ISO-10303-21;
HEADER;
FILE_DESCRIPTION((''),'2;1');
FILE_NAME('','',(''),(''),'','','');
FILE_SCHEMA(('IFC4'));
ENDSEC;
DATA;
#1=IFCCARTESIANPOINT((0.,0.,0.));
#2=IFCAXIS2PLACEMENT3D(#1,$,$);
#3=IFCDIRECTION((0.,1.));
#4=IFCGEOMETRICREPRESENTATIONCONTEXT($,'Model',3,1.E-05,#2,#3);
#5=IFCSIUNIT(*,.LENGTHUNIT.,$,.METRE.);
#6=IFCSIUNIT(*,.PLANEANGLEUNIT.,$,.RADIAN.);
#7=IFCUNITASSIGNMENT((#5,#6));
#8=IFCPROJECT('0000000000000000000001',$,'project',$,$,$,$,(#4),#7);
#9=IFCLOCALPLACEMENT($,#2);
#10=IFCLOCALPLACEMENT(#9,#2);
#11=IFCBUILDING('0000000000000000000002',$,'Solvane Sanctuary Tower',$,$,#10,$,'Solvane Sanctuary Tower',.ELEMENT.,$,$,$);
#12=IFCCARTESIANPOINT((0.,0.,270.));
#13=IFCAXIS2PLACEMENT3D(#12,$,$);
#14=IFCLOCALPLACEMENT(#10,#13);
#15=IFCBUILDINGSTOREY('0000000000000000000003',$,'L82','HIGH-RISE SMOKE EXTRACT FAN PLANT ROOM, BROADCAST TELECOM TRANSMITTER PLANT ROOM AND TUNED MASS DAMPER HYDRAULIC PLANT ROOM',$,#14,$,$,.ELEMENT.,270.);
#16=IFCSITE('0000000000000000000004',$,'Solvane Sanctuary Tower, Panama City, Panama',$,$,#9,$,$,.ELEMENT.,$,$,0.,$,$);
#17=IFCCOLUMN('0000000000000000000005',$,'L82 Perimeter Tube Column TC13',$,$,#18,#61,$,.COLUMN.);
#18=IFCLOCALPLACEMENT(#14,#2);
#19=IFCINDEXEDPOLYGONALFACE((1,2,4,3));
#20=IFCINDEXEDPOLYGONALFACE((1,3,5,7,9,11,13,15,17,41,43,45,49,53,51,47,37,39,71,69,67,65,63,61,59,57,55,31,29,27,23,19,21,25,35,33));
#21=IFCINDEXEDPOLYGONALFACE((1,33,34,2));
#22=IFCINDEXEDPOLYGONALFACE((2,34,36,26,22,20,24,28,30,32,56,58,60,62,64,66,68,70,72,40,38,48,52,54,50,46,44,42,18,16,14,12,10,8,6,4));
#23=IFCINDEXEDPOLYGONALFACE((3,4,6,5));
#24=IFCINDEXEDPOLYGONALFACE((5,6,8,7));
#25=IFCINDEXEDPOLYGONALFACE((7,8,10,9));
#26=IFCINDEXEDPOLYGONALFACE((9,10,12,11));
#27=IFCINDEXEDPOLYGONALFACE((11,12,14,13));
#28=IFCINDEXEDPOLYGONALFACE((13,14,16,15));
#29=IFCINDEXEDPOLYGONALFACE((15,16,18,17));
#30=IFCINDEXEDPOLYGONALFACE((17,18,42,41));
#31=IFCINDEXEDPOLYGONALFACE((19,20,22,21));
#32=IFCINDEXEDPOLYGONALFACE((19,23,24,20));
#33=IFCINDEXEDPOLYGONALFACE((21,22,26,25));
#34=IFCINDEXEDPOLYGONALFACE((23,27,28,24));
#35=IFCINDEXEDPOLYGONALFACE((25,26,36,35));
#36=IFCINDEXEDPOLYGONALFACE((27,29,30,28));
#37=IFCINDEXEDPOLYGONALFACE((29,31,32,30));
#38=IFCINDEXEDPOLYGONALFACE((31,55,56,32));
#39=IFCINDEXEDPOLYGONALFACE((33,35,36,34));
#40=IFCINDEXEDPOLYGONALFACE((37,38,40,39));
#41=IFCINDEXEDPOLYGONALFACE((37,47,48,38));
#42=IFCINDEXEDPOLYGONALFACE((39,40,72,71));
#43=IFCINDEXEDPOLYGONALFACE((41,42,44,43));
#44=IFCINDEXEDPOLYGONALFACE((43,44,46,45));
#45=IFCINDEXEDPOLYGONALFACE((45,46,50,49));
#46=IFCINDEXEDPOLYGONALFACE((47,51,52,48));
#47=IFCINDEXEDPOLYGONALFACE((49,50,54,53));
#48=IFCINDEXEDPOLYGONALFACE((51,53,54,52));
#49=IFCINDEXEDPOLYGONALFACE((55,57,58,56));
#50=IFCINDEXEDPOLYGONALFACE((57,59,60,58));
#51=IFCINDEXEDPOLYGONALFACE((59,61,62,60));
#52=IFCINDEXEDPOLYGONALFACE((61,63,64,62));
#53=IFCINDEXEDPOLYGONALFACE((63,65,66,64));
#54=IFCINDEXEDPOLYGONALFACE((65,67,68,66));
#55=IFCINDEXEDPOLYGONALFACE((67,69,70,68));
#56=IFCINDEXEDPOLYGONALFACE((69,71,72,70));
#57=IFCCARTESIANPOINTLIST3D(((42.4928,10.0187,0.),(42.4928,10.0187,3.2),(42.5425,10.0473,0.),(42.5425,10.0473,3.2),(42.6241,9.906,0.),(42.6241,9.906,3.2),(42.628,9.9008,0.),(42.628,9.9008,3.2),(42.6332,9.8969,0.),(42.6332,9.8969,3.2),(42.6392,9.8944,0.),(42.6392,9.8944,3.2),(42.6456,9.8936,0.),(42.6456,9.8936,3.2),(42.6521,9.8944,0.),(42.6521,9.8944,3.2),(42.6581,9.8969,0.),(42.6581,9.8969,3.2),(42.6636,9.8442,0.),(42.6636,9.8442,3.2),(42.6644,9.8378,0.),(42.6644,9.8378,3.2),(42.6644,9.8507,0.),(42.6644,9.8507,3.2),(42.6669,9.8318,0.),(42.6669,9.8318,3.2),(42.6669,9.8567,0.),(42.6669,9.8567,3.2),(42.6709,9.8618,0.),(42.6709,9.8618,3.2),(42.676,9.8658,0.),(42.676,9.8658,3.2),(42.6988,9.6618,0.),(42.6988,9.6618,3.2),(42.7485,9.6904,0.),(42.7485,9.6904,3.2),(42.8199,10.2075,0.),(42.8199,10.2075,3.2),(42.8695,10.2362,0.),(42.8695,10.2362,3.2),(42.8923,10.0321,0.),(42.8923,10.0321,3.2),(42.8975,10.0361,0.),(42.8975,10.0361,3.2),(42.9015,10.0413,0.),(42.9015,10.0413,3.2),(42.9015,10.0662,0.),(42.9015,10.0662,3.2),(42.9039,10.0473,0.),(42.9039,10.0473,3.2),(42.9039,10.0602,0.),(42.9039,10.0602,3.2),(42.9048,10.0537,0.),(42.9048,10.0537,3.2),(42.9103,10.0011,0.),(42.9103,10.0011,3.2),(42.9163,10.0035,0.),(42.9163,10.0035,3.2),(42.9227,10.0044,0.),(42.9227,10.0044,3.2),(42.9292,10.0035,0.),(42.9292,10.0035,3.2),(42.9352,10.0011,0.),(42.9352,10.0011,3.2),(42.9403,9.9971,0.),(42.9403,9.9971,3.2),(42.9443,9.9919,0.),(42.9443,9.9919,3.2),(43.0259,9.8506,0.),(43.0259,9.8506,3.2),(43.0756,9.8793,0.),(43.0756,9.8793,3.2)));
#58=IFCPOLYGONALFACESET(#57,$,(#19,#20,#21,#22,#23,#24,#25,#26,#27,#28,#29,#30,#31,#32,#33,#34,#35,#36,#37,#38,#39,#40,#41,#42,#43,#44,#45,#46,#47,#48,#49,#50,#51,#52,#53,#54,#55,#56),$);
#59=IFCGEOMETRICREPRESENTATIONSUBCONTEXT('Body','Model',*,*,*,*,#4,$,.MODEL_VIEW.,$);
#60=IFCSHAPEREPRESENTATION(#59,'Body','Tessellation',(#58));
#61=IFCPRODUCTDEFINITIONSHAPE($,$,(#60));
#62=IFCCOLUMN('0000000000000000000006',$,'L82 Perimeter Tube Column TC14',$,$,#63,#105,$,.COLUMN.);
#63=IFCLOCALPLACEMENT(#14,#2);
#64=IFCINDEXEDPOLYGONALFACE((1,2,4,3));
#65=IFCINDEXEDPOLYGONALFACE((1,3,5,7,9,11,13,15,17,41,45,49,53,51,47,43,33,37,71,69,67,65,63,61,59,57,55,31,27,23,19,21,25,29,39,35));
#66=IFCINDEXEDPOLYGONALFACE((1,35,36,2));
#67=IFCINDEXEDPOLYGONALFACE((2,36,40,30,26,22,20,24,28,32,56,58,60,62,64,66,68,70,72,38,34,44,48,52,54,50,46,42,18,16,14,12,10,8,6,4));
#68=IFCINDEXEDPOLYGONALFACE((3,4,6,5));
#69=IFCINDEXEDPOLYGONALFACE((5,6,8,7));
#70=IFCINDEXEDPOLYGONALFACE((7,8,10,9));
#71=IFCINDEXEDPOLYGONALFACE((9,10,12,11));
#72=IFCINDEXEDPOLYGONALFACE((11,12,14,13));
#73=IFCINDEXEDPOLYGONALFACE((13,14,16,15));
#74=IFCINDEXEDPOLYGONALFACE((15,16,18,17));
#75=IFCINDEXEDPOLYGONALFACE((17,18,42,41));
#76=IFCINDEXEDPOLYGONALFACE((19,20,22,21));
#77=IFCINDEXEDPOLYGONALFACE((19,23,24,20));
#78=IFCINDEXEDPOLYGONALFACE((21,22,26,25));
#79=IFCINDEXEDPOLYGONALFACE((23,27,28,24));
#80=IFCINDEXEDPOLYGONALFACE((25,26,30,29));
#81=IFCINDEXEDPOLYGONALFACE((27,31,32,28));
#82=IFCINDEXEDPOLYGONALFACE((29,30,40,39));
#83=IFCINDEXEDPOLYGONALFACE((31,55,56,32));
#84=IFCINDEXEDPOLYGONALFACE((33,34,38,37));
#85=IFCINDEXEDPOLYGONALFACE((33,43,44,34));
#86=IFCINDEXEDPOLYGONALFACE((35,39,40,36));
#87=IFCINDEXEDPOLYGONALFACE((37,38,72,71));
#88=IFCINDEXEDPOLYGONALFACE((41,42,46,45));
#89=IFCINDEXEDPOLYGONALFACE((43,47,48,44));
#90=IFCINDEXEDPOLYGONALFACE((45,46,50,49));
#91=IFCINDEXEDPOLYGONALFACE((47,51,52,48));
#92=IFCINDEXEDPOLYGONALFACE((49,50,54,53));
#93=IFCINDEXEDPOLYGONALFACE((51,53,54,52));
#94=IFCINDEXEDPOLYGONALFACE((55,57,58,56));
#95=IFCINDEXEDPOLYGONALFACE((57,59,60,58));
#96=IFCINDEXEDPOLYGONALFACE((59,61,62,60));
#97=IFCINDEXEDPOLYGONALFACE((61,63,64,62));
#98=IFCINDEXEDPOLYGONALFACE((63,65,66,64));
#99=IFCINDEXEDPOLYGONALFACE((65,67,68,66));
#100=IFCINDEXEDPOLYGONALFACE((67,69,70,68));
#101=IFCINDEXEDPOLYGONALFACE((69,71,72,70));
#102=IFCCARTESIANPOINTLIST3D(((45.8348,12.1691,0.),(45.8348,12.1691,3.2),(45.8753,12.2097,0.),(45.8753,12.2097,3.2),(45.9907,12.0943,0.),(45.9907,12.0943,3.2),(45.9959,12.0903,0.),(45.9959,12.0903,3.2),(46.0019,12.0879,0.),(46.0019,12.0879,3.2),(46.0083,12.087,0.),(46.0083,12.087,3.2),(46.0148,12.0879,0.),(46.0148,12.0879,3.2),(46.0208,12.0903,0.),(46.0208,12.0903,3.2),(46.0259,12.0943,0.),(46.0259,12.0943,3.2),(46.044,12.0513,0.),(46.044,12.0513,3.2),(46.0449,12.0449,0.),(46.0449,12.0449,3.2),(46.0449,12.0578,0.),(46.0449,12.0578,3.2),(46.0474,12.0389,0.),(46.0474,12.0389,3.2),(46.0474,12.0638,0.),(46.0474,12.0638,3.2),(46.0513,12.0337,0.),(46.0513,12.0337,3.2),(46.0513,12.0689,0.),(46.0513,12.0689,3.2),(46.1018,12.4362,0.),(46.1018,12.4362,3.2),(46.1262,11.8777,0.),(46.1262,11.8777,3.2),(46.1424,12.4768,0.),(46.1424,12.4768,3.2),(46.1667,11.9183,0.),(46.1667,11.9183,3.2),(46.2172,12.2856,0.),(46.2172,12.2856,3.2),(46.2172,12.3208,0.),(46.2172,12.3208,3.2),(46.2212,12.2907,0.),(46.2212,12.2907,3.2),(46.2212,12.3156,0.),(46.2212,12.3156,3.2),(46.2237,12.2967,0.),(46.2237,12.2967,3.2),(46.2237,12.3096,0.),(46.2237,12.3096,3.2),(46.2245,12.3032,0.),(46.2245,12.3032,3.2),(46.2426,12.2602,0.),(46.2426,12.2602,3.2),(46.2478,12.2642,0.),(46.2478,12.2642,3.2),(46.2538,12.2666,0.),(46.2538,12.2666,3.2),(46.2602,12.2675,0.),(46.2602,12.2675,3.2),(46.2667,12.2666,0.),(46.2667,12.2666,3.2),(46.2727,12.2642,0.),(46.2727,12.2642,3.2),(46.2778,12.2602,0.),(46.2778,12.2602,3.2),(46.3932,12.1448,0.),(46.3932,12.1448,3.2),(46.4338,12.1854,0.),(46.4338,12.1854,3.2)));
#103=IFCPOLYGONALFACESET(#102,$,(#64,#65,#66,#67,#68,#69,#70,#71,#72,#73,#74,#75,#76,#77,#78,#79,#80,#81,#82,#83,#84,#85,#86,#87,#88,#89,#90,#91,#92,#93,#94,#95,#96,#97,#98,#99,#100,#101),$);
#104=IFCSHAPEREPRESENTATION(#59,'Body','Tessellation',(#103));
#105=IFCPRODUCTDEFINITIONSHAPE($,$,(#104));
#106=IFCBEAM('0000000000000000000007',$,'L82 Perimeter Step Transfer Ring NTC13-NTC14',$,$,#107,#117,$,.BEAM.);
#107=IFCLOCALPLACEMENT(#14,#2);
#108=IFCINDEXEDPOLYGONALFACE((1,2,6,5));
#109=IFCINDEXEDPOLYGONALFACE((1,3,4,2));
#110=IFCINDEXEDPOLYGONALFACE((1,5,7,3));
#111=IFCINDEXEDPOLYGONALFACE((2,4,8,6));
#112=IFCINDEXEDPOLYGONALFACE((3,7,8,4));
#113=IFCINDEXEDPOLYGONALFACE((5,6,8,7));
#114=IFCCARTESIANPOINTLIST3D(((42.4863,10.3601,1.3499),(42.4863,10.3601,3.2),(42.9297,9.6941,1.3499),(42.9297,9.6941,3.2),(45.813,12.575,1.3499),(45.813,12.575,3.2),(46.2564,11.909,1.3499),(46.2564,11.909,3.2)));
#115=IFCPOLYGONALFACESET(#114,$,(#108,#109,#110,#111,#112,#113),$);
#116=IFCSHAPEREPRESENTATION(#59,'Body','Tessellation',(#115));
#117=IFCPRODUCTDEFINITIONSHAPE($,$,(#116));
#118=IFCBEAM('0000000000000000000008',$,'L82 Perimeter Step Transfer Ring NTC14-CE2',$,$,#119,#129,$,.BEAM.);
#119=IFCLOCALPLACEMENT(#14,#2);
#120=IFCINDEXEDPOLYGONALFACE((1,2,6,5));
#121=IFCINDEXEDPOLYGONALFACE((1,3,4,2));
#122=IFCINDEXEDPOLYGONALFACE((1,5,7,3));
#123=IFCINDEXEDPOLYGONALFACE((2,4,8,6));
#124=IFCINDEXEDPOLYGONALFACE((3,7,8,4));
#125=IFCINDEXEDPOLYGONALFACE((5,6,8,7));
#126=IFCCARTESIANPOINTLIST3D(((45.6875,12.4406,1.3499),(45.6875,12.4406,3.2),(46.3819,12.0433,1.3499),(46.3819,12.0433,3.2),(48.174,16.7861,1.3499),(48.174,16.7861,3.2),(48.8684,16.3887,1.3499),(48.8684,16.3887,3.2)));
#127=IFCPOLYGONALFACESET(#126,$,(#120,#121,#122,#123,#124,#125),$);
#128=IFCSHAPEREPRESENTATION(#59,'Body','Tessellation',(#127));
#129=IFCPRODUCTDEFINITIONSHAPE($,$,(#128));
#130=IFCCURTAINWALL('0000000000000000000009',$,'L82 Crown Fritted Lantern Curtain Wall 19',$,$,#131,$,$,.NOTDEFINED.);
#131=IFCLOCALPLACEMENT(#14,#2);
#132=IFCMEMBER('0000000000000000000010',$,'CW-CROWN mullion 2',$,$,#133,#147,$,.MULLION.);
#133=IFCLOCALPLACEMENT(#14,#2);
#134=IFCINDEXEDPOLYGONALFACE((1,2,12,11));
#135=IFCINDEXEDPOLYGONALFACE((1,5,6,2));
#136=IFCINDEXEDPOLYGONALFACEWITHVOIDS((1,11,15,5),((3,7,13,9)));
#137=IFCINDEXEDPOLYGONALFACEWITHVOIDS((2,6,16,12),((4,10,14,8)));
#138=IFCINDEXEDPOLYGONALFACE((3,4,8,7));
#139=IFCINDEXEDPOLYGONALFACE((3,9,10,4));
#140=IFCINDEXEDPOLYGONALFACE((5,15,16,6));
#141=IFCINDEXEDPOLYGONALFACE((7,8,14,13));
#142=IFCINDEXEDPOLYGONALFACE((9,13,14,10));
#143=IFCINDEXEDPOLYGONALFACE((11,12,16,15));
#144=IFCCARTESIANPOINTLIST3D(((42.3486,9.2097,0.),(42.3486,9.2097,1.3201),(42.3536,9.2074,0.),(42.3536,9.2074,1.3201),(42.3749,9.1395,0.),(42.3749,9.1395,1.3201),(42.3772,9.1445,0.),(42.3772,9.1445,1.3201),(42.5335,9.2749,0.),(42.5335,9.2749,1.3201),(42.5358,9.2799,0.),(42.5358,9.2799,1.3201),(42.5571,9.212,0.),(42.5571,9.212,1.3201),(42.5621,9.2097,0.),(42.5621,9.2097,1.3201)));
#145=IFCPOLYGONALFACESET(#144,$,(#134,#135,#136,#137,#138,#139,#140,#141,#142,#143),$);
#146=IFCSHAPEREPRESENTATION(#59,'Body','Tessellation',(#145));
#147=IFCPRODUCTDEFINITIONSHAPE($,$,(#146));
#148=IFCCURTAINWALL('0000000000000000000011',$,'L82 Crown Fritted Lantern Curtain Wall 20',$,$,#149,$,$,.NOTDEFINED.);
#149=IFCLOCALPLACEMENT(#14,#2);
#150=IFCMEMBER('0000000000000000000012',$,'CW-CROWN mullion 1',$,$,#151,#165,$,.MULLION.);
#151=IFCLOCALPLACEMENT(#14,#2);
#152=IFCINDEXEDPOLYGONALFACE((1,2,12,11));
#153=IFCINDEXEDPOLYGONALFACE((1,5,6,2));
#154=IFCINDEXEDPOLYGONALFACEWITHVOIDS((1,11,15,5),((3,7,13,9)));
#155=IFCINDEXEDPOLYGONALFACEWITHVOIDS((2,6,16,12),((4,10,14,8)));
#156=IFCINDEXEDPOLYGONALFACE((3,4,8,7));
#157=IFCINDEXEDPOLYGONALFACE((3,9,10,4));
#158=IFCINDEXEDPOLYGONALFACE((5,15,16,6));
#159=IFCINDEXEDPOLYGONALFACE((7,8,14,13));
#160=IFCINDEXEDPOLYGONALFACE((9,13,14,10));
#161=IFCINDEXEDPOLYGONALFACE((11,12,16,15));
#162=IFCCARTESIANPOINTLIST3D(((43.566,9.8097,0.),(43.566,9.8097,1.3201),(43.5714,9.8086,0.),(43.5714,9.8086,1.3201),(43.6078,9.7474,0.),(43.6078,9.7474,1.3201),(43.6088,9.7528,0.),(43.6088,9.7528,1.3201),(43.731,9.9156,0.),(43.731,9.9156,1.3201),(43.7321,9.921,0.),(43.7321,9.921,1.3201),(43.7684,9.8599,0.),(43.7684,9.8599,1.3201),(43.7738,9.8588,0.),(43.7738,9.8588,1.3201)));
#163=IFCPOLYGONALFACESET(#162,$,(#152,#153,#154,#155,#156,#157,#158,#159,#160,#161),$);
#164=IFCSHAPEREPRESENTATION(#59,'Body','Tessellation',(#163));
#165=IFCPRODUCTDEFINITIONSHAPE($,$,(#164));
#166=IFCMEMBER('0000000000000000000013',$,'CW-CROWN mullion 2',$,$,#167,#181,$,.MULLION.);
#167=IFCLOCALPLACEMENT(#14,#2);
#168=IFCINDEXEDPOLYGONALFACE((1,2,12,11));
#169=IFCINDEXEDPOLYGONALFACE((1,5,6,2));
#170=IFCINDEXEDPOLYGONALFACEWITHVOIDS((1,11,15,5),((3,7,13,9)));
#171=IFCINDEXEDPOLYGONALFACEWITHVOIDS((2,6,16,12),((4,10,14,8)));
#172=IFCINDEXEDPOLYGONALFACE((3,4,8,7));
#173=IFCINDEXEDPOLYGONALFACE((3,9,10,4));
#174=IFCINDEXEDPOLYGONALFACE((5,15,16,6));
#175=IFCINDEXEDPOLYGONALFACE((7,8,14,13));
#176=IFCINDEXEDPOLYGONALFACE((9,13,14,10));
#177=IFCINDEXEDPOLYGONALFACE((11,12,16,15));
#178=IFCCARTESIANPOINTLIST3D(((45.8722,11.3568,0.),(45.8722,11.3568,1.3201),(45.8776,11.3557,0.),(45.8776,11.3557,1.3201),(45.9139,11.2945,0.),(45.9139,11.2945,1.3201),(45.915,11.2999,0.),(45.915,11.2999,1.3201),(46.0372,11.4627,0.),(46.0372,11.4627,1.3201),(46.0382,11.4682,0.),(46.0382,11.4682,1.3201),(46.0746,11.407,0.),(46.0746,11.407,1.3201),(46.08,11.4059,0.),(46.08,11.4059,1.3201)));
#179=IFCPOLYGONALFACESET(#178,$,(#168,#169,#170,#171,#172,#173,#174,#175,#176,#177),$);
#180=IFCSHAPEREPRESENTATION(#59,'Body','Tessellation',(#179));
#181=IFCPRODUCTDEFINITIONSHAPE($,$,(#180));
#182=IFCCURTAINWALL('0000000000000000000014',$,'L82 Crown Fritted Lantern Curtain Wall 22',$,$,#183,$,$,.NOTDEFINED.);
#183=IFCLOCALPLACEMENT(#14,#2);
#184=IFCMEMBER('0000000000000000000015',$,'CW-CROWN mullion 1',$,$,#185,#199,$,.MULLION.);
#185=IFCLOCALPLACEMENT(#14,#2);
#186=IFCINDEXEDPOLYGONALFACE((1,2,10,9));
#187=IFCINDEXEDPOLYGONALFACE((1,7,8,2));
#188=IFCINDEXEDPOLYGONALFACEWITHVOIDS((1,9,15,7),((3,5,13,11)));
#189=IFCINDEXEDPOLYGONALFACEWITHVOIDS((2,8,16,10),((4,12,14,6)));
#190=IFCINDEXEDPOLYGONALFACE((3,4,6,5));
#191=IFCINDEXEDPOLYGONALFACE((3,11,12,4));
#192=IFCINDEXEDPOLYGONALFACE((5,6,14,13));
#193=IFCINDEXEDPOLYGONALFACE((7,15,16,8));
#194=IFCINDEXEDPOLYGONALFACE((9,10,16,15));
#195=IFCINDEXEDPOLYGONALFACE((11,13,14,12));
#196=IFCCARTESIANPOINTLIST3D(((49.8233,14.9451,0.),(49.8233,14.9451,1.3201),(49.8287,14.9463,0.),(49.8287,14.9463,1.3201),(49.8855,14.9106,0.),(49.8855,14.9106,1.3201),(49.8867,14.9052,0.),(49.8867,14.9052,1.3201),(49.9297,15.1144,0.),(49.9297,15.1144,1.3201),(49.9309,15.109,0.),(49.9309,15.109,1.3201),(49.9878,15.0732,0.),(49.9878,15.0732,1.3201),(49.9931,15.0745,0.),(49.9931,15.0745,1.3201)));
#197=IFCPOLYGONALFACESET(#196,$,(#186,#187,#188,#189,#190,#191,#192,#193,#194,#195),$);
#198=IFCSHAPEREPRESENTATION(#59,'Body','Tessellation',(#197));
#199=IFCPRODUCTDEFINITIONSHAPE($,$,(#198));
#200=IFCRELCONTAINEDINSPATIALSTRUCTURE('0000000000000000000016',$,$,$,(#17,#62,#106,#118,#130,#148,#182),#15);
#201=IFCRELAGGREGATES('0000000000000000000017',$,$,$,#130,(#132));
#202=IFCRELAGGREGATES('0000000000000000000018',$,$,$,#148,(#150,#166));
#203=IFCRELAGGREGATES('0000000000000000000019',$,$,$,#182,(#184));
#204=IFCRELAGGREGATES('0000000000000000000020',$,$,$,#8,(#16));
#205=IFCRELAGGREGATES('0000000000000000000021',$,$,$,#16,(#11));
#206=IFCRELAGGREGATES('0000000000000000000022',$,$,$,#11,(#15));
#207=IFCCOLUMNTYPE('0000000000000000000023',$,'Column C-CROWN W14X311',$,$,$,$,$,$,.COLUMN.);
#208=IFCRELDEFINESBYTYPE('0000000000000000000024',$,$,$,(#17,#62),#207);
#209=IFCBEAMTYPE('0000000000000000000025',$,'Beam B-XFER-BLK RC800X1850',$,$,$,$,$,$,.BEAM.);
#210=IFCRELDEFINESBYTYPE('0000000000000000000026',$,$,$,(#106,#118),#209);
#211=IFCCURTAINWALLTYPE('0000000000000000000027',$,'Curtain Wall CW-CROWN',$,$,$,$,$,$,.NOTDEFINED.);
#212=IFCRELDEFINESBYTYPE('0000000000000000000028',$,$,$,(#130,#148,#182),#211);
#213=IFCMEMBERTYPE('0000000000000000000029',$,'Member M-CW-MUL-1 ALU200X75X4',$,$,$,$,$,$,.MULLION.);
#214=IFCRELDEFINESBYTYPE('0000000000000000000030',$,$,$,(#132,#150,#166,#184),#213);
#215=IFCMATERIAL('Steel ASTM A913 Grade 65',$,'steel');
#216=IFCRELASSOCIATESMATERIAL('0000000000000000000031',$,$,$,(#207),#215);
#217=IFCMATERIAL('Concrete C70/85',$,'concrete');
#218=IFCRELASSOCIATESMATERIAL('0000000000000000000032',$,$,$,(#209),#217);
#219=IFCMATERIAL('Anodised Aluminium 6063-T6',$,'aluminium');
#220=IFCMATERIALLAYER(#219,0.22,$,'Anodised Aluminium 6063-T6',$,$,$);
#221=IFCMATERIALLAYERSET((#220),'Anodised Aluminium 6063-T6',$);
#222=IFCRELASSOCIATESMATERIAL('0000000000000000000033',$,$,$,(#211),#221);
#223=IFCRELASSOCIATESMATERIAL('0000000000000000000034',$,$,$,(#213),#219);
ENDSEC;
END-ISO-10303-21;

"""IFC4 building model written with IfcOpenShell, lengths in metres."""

from ifc_helpers import new_model, si_unit, direction, frame, origin, origin_2d, place, context, subcontext, project, spatial, rectangle, hollow_rectangle, i_section, extrude, material, layer, layer_set, material_profile, profile_set, type_object, element, aggregate, save


model = new_model("IFC4")

# Units and contexts
model_context = context("Model", 3, precision=1e-05, world=origin(), true_north=direction((0.0, 1.0)))
body_context = subcontext(model_context, "Body", "Model", "MODEL_VIEW")
ifc_project = project(units=[si_unit("LENGTHUNIT", "METRE"), si_unit("PLANEANGLEUNIT", "RADIAN")], contexts=[model_context])

# Site, building, storey
site_placement = place(None, origin())
site = spatial("IfcSite", under=ifc_project, at=site_placement, Name="Solvane Sanctuary Tower, Panama City, Panama", CompositionType="ELEMENT", RefElevation=0.0)
building_placement = place(site_placement, origin())
building = spatial("IfcBuilding", under=site, at=building_placement, Name="Solvane Sanctuary Tower", LongName="Solvane Sanctuary Tower", CompositionType="ELEMENT")
storey_placement = place(building_placement, frame((0.0, 0.0, 270.0)))
storey = spatial("IfcBuildingStorey", under=building, at=storey_placement, Name="L82", Description="HIGH-RISE SMOKE EXTRACT FAN PLANT ROOM, BROADCAST TELECOM TRANSMITTER PLANT ROOM AND TUNED MASS DAMPER HYDRAULIC PLANT ROOM", CompositionType="ELEMENT", Elevation=270.0)

# Columns
ifc_material_1 = material(Name="Steel ASTM A913 Grade 65", Category="steel")
ifc_material_profile_1 = material_profile(ifc_material_1, i_section(OverallWidth=0.4121, OverallDepth=0.4351, WebThickness=0.0359, FlangeThickness=0.0574, FilletRadius=0.0249, at=origin_2d()), Name="W14X311")
ifc_profile_set_1 = profile_set([ifc_material_profile_1], Name="Steel ASTM A913 Grade 65")
column_type = type_object("IfcColumnType", Name="Column C-CROWN W14X311", PredefinedType="COLUMN", material=ifc_profile_set_1)
for number, where, z_axis, x_axis, name in (
    (1, (42.7842, 9.949, 0.0), (0.0, 0.0, 1.0), (0.5, -0.866025, 0.0), "L82 Perimeter Tube Column TC13"),
    (2, (46.1343, 12.1772, 0.0), (0.0, 0.0, 1.0), (0.707107, -0.707107, 0.0), "L82 Perimeter Tube Column TC14"),
):
    element("IfcColumn", number, at=place(storey_placement, frame(where, z_axis=z_axis, x_axis=x_axis)), inside=storey, type_object=column_type, Name=name, PredefinedType="COLUMN", context=body_context, shape_type="SweptSolid", body=[
        extrude(i_section(OverallWidth=0.4121, OverallDepth=0.4351, WebThickness=0.0359, FlangeThickness=0.0574, FilletRadius=0.0249, at=origin_2d()), origin(), (0.0, 0.0, 1.0), 3.2),
    ])

# Beams
ifc_material_2 = material(Name="Concrete C70/85", Category="concrete")
ifc_material_profile_2 = material_profile(ifc_material_2, rectangle(XDim=0.8, YDim=1.8501, at=origin_2d()), Name="RC800X1850")
ifc_profile_set_2 = profile_set([ifc_material_profile_2], Name="Concrete C70/85")
beam_type = type_object("IfcBeamType", Name="Beam B-XFER-BLK RC800X1850", PredefinedType="BEAM", material=ifc_profile_set_2)
beam_1_placement = place(storey_placement, frame((42.708, 10.0271, 2.2749), z_axis=(0.832388, 0.554193, 0.0), x_axis=(-0.554193, 0.832388, 0.0)))
element("IfcBeam", 3, at=beam_1_placement, inside=storey, type_object=beam_type, Name="L82 Perimeter Step Transfer Ring NTC13-NTC14", PredefinedType="BEAM", context=body_context, shape_type="SweptSolid", body=[
    extrude(rectangle(XDim=0.8, YDim=1.8501, at=origin_2d()), origin(), (0.0, 0.0, 1.0), 3.9966),
])
beam_2_placement = place(storey_placement, frame((46.0347, 12.2419, 2.2749), z_axis=(0.496659, 0.867946, 0.0), x_axis=(-0.867946, 0.496659, 0.0)))
element("IfcBeam", 4, at=beam_2_placement, inside=storey, type_object=beam_type, Name="L82 Perimeter Step Transfer Ring NTC14-CE2", PredefinedType="BEAM", context=body_context, shape_type="SweptSolid", body=[
    extrude(rectangle(XDim=0.8, YDim=1.8501, at=origin_2d()), origin(), (0.0, 0.0, 1.0), 5.0066),
])

# Curtain wall, member
ifc_material_3 = material(Name="Anodised Aluminium 6063-T6", Category="aluminium")
ifc_layer_1 = layer(ifc_material_3, 0.22, Name="Anodised Aluminium 6063-T6")
ifc_layer_set_1 = layer_set([ifc_layer_1], Name="Anodised Aluminium 6063-T6")
curtain_wall_type = type_object("IfcCurtainWallType", Name="Curtain Wall CW-CROWN", PredefinedType="NOTDEFINED", material=ifc_layer_set_1)
curtain_wall_1_placement = place(storey_placement, origin())
curtain_wall_1 = element("IfcCurtainWall", 5, at=curtain_wall_1_placement, inside=storey, type_object=curtain_wall_type, Name="L82 Crown Fritted Lantern Curtain Wall 19", PredefinedType="NOTDEFINED")
ifc_material_profile_3 = material_profile(ifc_material_3, hollow_rectangle(XDim=0.075, YDim=0.2, WallThickness=0.0039, at=origin_2d()), Name="ALU200X75X4")
ifc_profile_set_3 = profile_set([ifc_material_profile_3], Name="Anodised Aluminium 6063-T6")
member_type_1 = type_object("IfcMemberType", Name="Member M-CW-MUL-1 ALU200X75X4", PredefinedType="MULLION", material=ifc_profile_set_3)
member_1_placement = place(storey_placement, frame((42.4553, 9.2097, 0.0), z_axis=(0.0, 0.0, 1.0), x_axis=(-0.35117, 0.936312, 0.0)))
member_1 = element("IfcMember", 6, at=member_1_placement, type_object=member_type_1, Name="CW-CROWN mullion 2", PredefinedType="MULLION", context=body_context, shape_type="SweptSolid", body=[
    extrude(hollow_rectangle(XDim=0.075, YDim=0.2, WallThickness=0.0039, at=origin_2d()), origin(), (0.0, 0.0, 1.0), 1.3201),
])

# Curtain wall, members
curtain_wall_2_placement = place(storey_placement, origin())
curtain_wall_2 = element("IfcCurtainWall", 7, at=curtain_wall_2_placement, inside=storey, type_object=curtain_wall_type, Name="L82 Crown Fritted Lantern Curtain Wall 20", PredefinedType="NOTDEFINED")
member_2_placement = place(storey_placement, frame((43.6699, 9.8342, 0.0), z_axis=(0.0, 0.0, 1.0), x_axis=(-0.557125, 0.830429, 0.0)))
member_2 = element("IfcMember", 8, at=member_2_placement, type_object=member_type_1, Name="CW-CROWN mullion 1", PredefinedType="MULLION", context=body_context, shape_type="SweptSolid", body=[
    extrude(hollow_rectangle(XDim=0.075, YDim=0.2, WallThickness=0.0039, at=origin_2d()), origin(), (0.0, 0.0, 1.0), 1.3201),
])
member_3_placement = place(storey_placement, frame((45.9761, 11.3813, 0.0), z_axis=(0.0, 0.0, 1.0), x_axis=(-0.557125, 0.830429, 0.0)))
member_3 = element("IfcMember", 9, at=member_3_placement, type_object=member_type_1, Name="CW-CROWN mullion 2", PredefinedType="MULLION", context=body_context, shape_type="SweptSolid", body=[
    extrude(hollow_rectangle(XDim=0.075, YDim=0.2, WallThickness=0.0039, at=origin_2d()), origin(), (0.0, 0.0, 1.0), 1.3201),
])

# Curtain wall, member
curtain_wall_3_placement = place(storey_placement, origin())
curtain_wall_3 = element("IfcCurtainWall", 10, at=curtain_wall_3_placement, inside=storey, type_object=curtain_wall_type, Name="L82 Crown Fritted Lantern Curtain Wall 22", PredefinedType="NOTDEFINED")
member_4_placement = place(storey_placement, frame((49.9082, 15.0098, 0.0), z_axis=(0.0, 0.0, 1.0), x_axis=(-0.846604, 0.532224, 0.0)))
member_4 = element("IfcMember", 11, at=member_4_placement, type_object=member_type_1, Name="CW-CROWN mullion 1", PredefinedType="MULLION", context=body_context, shape_type="SweptSolid", body=[
    extrude(hollow_rectangle(XDim=0.075, YDim=0.2, WallThickness=0.0039, at=origin_2d()), origin(), (0.0, 0.0, 1.0), 1.3201),
])

aggregate(curtain_wall_1, [member_1])
aggregate(curtain_wall_2, [member_2, member_3])
aggregate(curtain_wall_3, [member_4])

save(model, "model.ifc")
